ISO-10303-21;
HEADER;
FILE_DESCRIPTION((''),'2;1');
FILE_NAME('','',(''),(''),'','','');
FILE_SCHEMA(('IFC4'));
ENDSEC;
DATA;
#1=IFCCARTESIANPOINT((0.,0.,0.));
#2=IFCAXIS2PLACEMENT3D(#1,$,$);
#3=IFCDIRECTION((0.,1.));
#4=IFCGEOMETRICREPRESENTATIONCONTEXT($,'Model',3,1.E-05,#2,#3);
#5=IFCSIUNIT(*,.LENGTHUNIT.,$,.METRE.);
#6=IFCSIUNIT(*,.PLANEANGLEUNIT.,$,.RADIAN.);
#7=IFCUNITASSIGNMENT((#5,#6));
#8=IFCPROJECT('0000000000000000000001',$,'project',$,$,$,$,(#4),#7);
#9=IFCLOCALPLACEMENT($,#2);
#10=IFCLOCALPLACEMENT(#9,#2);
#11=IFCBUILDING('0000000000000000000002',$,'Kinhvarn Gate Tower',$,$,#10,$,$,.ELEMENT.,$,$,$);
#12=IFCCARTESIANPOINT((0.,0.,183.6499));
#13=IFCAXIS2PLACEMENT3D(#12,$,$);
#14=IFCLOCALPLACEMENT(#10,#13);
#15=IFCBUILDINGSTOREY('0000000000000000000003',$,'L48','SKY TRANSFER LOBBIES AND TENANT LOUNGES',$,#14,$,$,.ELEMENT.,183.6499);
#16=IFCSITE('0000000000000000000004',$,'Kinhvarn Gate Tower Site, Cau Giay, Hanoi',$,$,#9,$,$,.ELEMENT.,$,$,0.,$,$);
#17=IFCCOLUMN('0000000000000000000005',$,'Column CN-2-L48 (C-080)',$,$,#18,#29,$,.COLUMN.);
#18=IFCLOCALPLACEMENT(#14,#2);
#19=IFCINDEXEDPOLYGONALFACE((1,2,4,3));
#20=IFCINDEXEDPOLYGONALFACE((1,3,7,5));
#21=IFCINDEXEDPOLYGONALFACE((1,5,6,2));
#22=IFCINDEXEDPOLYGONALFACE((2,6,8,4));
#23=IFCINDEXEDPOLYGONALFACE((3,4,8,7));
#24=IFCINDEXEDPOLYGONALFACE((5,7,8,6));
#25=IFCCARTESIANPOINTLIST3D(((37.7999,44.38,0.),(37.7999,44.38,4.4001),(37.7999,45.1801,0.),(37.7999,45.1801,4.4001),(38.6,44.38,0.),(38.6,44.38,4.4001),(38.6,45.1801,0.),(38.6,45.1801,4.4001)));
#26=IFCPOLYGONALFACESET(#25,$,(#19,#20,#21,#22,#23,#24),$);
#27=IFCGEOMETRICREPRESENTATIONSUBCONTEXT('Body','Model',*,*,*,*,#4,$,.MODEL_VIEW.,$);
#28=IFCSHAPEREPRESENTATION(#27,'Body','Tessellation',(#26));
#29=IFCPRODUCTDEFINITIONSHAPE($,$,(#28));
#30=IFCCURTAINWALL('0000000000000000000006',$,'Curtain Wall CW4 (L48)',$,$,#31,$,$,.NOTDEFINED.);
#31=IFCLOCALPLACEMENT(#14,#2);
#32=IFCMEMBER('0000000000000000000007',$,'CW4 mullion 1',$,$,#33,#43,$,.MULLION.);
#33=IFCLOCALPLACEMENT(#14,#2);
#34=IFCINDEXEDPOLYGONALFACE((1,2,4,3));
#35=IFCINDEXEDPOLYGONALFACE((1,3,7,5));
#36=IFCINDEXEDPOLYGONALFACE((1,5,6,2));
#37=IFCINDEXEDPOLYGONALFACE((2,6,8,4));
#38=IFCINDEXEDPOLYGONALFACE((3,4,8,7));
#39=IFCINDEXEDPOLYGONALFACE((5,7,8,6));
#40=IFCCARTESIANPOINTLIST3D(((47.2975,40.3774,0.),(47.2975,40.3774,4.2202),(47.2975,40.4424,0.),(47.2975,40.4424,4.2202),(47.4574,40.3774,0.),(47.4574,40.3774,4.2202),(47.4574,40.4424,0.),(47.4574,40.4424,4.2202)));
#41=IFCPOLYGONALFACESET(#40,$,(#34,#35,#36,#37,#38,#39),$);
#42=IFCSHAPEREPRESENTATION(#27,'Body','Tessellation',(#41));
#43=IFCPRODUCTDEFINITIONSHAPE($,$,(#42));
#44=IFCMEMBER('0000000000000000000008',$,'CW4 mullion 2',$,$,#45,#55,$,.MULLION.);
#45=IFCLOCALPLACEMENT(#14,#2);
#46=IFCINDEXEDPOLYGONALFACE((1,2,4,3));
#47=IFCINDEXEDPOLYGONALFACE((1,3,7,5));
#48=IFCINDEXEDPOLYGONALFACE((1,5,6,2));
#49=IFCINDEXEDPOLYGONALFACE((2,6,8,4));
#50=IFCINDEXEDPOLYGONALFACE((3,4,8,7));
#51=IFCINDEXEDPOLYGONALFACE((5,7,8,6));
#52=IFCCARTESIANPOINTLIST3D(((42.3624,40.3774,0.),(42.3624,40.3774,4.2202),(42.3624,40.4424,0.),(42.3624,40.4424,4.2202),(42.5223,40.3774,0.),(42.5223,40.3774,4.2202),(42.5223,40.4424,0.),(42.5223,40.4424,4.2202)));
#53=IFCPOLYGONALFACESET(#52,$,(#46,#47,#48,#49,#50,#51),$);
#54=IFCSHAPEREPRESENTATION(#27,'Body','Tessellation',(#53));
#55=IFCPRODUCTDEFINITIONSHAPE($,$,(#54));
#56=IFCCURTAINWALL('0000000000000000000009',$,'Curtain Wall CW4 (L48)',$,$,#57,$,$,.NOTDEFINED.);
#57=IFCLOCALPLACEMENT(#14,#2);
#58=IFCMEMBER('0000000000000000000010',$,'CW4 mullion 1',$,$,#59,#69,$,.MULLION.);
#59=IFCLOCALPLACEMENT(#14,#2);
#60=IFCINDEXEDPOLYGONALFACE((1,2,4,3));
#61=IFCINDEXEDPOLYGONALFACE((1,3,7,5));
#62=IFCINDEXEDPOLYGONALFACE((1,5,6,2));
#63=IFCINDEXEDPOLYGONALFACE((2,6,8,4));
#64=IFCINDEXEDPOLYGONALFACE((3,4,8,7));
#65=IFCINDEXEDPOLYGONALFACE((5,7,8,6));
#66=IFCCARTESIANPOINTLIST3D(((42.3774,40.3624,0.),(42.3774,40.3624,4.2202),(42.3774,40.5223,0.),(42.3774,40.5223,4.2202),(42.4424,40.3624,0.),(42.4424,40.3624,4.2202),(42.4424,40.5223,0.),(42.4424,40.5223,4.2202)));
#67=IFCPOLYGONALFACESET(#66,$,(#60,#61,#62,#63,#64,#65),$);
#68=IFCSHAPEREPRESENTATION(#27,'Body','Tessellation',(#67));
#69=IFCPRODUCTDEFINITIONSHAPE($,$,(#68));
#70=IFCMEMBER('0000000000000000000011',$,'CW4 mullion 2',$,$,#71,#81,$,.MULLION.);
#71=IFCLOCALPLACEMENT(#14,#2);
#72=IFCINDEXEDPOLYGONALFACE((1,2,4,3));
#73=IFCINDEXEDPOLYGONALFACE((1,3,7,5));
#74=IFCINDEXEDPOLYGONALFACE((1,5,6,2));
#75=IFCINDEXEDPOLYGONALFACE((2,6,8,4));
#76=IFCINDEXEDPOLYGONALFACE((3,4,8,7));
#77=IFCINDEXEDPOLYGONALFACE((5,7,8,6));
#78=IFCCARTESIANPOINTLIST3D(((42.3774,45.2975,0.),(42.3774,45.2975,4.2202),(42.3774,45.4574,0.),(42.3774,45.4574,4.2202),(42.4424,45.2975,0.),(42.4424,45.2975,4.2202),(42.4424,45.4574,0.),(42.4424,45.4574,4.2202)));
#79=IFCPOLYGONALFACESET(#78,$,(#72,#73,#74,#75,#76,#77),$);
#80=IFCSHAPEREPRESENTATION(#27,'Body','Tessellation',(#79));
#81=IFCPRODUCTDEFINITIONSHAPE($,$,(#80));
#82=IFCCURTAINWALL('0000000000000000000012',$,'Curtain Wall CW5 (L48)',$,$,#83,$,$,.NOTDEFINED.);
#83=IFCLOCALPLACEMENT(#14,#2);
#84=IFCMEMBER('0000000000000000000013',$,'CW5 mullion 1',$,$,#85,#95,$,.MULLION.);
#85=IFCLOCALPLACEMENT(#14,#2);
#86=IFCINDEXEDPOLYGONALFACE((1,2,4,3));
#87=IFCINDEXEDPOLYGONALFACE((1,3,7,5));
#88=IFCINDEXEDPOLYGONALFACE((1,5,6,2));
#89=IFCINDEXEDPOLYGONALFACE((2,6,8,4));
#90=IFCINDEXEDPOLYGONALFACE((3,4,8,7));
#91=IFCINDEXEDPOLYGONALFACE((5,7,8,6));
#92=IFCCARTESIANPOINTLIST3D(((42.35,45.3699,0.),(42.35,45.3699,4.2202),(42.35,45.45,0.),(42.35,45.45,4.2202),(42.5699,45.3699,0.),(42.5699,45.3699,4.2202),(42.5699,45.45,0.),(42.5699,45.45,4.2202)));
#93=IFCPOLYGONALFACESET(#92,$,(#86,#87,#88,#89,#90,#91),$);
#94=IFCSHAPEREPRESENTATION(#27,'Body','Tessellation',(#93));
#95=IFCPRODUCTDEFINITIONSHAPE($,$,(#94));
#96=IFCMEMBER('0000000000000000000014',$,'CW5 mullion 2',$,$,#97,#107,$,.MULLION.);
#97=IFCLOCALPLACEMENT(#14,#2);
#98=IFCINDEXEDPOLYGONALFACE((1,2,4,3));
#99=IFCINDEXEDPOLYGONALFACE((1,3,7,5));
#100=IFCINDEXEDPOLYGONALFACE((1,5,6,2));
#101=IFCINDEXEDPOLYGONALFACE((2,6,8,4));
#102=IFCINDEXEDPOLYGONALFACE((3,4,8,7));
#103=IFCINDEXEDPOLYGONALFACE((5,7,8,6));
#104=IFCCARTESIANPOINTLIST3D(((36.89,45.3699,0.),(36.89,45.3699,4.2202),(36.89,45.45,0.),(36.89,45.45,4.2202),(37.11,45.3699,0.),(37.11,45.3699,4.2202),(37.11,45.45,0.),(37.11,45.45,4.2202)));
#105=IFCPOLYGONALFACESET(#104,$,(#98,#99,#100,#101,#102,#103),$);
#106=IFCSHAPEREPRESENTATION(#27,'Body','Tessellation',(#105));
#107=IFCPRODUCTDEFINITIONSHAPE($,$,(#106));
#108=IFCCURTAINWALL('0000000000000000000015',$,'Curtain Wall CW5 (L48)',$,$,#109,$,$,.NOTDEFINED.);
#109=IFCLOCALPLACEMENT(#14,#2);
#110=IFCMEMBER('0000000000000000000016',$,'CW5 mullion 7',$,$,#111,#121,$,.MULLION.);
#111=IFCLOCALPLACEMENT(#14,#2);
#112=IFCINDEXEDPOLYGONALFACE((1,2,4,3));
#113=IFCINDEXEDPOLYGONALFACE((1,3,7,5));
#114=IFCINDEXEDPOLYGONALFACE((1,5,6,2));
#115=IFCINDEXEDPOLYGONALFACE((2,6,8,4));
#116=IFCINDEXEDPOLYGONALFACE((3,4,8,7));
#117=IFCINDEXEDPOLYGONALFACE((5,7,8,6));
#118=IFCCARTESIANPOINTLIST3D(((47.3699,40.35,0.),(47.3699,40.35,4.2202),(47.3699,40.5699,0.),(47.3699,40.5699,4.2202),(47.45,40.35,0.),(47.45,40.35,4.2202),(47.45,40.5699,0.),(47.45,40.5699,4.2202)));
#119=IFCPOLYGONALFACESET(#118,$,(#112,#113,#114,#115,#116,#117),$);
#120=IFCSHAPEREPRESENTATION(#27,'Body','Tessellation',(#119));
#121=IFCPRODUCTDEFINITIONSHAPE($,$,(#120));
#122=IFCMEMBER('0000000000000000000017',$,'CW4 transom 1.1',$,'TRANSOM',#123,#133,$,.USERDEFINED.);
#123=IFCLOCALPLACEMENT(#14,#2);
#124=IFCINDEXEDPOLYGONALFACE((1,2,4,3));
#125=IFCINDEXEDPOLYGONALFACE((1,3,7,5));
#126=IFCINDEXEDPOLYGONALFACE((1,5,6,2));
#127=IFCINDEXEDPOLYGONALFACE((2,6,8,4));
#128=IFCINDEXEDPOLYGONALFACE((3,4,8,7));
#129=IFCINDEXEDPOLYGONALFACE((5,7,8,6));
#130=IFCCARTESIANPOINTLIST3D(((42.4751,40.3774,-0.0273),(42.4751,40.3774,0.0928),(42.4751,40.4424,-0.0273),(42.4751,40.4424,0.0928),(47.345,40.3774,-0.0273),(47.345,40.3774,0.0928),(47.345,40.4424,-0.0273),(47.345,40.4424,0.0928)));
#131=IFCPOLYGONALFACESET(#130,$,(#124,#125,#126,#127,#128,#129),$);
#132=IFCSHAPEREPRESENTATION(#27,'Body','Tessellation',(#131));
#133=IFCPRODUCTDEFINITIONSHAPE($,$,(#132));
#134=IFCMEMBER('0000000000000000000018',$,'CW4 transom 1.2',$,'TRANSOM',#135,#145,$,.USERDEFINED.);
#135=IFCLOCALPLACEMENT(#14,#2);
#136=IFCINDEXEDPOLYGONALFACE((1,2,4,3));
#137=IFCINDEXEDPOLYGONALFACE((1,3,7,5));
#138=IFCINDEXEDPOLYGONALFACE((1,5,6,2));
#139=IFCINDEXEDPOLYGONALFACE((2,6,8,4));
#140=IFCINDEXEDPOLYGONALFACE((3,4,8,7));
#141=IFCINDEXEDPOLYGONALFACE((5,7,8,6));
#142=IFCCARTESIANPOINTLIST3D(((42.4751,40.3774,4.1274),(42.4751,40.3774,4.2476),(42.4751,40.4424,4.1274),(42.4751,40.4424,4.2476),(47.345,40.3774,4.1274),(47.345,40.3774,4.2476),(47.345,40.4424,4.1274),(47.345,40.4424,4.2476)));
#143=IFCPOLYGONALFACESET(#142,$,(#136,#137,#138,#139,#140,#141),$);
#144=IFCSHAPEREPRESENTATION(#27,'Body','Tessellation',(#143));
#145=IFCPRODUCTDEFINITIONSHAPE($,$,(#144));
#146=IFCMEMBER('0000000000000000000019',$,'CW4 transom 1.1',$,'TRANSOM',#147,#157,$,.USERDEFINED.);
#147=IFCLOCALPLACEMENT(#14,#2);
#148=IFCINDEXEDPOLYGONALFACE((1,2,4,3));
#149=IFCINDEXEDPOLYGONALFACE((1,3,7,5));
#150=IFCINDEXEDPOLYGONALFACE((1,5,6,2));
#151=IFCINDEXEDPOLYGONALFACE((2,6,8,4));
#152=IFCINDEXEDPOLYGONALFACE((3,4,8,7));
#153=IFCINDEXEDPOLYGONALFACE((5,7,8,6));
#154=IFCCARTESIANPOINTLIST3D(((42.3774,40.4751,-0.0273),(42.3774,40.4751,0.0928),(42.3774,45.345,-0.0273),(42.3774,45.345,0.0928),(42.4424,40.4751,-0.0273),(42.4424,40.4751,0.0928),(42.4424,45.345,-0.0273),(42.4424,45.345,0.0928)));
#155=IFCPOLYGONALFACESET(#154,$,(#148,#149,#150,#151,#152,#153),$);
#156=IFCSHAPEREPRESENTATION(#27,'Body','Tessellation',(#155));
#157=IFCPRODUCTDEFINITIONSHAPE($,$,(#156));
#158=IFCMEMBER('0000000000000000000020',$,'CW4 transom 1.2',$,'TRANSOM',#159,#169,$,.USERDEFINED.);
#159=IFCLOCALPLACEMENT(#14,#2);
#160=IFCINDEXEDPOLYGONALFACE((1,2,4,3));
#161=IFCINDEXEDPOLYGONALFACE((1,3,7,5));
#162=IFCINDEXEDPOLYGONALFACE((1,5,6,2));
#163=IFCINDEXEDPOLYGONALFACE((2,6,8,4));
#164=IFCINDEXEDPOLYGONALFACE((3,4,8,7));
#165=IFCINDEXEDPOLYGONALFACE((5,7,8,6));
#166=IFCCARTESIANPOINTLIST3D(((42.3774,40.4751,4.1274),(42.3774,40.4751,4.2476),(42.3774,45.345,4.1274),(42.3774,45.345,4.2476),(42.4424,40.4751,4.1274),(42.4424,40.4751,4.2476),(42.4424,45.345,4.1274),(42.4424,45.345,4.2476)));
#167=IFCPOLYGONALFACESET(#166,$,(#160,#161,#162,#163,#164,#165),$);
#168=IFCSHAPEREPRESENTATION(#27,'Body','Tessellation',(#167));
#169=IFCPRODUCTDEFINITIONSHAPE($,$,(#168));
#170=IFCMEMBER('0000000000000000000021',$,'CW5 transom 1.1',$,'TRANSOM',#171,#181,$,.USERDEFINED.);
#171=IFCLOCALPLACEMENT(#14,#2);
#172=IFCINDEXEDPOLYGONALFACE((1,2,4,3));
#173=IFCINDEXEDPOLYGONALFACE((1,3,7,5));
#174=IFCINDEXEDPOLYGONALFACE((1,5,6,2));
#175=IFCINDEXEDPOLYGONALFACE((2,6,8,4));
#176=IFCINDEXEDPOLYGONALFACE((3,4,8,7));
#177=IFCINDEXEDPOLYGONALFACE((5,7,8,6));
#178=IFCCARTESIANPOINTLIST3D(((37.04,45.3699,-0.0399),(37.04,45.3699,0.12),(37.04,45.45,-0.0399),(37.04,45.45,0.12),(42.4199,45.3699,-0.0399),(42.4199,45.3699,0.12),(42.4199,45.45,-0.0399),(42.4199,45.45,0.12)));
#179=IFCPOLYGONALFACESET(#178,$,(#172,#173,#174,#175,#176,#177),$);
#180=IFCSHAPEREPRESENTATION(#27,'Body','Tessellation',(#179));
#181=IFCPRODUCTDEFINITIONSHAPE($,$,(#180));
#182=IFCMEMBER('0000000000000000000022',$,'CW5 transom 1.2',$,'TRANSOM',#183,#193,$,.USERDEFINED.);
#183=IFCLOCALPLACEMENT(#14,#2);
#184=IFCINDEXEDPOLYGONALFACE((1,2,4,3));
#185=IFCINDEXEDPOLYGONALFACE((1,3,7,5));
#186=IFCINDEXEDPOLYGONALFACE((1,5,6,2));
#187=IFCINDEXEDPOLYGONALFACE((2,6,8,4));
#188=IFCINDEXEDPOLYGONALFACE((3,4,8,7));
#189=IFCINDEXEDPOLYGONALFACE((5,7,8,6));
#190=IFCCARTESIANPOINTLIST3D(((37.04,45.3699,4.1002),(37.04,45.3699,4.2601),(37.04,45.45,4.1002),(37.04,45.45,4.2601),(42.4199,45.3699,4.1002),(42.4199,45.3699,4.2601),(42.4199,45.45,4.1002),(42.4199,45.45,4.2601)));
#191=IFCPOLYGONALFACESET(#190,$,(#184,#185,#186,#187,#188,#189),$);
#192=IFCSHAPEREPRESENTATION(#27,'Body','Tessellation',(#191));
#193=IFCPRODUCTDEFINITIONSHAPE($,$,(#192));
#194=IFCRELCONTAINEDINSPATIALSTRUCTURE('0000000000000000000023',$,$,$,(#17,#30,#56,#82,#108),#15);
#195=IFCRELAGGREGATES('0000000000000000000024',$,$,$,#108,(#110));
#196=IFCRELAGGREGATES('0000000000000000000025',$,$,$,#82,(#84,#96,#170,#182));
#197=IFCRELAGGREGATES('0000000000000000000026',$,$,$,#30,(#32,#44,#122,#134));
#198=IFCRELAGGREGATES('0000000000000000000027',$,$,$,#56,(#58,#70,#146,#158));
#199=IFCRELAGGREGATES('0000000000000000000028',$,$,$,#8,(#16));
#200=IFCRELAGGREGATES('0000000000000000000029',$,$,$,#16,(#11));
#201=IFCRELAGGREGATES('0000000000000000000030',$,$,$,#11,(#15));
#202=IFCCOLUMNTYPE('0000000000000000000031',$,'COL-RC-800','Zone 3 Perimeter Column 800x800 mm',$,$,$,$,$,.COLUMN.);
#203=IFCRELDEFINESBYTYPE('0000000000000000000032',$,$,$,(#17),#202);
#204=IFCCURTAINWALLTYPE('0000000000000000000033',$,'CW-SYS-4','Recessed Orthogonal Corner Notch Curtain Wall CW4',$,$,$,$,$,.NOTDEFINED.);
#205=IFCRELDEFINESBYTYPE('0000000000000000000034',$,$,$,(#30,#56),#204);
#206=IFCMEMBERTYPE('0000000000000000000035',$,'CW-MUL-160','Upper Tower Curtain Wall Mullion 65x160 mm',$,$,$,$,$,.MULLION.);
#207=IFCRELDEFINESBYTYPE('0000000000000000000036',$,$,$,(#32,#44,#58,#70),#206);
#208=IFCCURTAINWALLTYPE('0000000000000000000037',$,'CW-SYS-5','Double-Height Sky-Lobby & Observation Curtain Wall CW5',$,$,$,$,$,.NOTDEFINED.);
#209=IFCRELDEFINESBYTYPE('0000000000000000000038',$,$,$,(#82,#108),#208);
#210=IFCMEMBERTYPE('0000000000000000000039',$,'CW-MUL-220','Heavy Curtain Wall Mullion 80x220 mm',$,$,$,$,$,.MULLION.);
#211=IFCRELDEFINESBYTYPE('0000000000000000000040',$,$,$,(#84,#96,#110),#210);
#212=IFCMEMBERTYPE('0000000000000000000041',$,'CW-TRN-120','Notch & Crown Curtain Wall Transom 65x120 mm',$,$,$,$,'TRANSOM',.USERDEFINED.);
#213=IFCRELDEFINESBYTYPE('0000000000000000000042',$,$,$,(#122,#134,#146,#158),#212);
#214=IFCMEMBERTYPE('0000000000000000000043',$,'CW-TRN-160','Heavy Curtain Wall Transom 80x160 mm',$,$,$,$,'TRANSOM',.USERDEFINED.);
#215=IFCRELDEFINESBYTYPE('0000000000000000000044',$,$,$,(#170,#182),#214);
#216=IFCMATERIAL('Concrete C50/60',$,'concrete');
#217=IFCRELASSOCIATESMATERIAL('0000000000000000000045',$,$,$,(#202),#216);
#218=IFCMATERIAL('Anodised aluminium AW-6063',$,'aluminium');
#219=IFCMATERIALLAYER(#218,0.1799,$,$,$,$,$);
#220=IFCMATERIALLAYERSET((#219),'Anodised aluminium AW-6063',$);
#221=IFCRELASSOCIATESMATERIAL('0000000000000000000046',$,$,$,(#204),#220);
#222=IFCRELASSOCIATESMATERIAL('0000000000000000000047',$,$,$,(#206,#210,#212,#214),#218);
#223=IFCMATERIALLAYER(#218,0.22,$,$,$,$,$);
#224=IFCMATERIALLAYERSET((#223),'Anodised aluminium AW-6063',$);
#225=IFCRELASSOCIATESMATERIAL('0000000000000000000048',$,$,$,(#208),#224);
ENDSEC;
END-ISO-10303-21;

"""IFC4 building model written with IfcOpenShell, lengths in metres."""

from ifc_helpers import new_model, si_unit, direction, frame, origin, origin_2d, place, context, subcontext, project, spatial, rectangle, extrude, material, layer, layer_set, material_profile, profile_set, type_object, element, aggregate, save


model = new_model("IFC4")

# Units and contexts
model_context = context("Model", 3, precision=1e-05, world=origin(), true_north=direction((0.0, 1.0)))
body_context = subcontext(model_context, "Body", "Model", "MODEL_VIEW")
ifc_project = project(units=[si_unit("LENGTHUNIT", "METRE"), si_unit("PLANEANGLEUNIT", "RADIAN")], contexts=[model_context])

# Site, building, storey
site_placement = place(None, origin())
site = spatial("IfcSite", under=ifc_project, at=site_placement, Name="Kinhvarn Gate Tower Site, Cau Giay, Hanoi", CompositionType="ELEMENT", RefElevation=0.0)
building_placement = place(site_placement, origin())
building = spatial("IfcBuilding", under=site, at=building_placement, Name="Kinhvarn Gate Tower", CompositionType="ELEMENT")
storey_placement = place(building_placement, frame((0.0, 0.0, 183.6499)))
storey = spatial("IfcBuildingStorey", under=building, at=storey_placement, Name="L48", Description="SKY TRANSFER LOBBIES AND TENANT LOUNGES", CompositionType="ELEMENT", Elevation=183.6499)

# Column
ifc_material_1 = material(Name="Concrete C50/60", Category="concrete")
ifc_material_profile_1 = material_profile(ifc_material_1, rectangle(XDim=0.8, YDim=0.8, at=origin_2d()), Name="RC 800x800")
ifc_profile_set_1 = profile_set([ifc_material_profile_1], Name="Concrete C50/60")
column_type = type_object("IfcColumnType", Name="COL-RC-800", Description="Zone 3 Perimeter Column 800x800 mm", PredefinedType="COLUMN", material=ifc_profile_set_1)
column_placement = place(storey_placement, frame((38.2, 44.78, 0.0), z_axis=(0.0, 0.0, 1.0), x_axis=(1.0, 0.0, 0.0)))
element("IfcColumn", 1, at=column_placement, inside=storey, type_object=column_type, Name="Column CN-2-L48 (C-080)", PredefinedType="COLUMN", context=body_context, shape_type="SweptSolid", body=[
    extrude(rectangle(XDim=0.8, YDim=0.8, at=origin_2d()), origin(), (0.0, 0.0, 1.0), 4.4001),
])

# Curtain walls, members
ifc_material_2 = material(Name="Anodised aluminium AW-6063", Category="aluminium")
ifc_layer_1 = layer(ifc_material_2, 0.1799)
ifc_layer_set_1 = layer_set([ifc_layer_1], Name="Anodised aluminium AW-6063")
curtain_wall_type_1 = type_object("IfcCurtainWallType", Name="CW-SYS-4", Description="Recessed Orthogonal Corner Notch Curtain Wall CW4", PredefinedType="NOTDEFINED", material=ifc_layer_set_1)
curtain_wall_1_placement = place(storey_placement, origin())
curtain_wall_1 = element("IfcCurtainWall", 2, at=curtain_wall_1_placement, inside=storey, type_object=curtain_wall_type_1, Name="Curtain Wall CW4 (L48)", PredefinedType="NOTDEFINED")
ifc_material_profile_2 = material_profile(ifc_material_2, rectangle(XDim=0.0649, YDim=0.1599, at=origin_2d()), Name="ALU 65x160")
ifc_profile_set_2 = profile_set([ifc_material_profile_2], Name="Anodised aluminium AW-6063")
member_type_1 = type_object("IfcMemberType", Name="CW-MUL-160", Description="Upper Tower Curtain Wall Mullion 65x160 mm", PredefinedType="MULLION", material=ifc_profile_set_2)
member_1_placement = place(storey_placement, frame((47.3774, 40.4099, 0.0), z_axis=(0.0, 0.0, 1.0), x_axis=(0.0, -1.0, 0.0)))
member_1 = element("IfcMember", 3, at=member_1_placement, type_object=member_type_1, Name="CW4 mullion 1", PredefinedType="MULLION", context=body_context, shape_type="SweptSolid", body=[
    extrude(rectangle(XDim=0.0649, YDim=0.1599, at=origin_2d()), origin(), (0.0, 0.0, 1.0), 4.2202),
])
member_2_placement = place(storey_placement, frame((42.4424, 40.4099, 0.0), z_axis=(0.0, 0.0, 1.0), x_axis=(0.0, -1.0, 0.0)))
member_2 = element("IfcMember", 4, at=member_2_placement, type_object=member_type_1, Name="CW4 mullion 2", PredefinedType="MULLION", context=body_context, shape_type="SweptSolid", body=[
    extrude(rectangle(XDim=0.0649, YDim=0.1599, at=origin_2d()), origin(), (0.0, 0.0, 1.0), 4.2202),
])
curtain_wall_2_placement = place(storey_placement, origin())
curtain_wall_2 = element("IfcCurtainWall", 5, at=curtain_wall_2_placement, inside=storey, type_object=curtain_wall_type_1, Name="Curtain Wall CW4 (L48)", PredefinedType="NOTDEFINED")
member_3_placement = place(storey_placement, frame((42.4099, 40.4424, 0.0), z_axis=(0.0, 0.0, 1.0), x_axis=(-1.0, 0.0, 0.0)))
member_3 = element("IfcMember", 6, at=member_3_placement, type_object=member_type_1, Name="CW4 mullion 1", PredefinedType="MULLION", context=body_context, shape_type="SweptSolid", body=[
    extrude(rectangle(XDim=0.0649, YDim=0.1599, at=origin_2d()), origin(), (0.0, 0.0, 1.0), 4.2202),
])
member_4_placement = place(storey_placement, frame((42.4099, 45.3774, 0.0), z_axis=(0.0, 0.0, 1.0), x_axis=(-1.0, 0.0, 0.0)))
member_4 = element("IfcMember", 7, at=member_4_placement, type_object=member_type_1, Name="CW4 mullion 2", PredefinedType="MULLION", context=body_context, shape_type="SweptSolid", body=[
    extrude(rectangle(XDim=0.0649, YDim=0.1599, at=origin_2d()), origin(), (0.0, 0.0, 1.0), 4.2202),
])
ifc_layer_2 = layer(ifc_material_2, 0.22)
ifc_layer_set_2 = layer_set([ifc_layer_2], Name="Anodised aluminium AW-6063")
curtain_wall_type_2 = type_object("IfcCurtainWallType", Name="CW-SYS-5", Description="Double-Height Sky-Lobby & Observation Curtain Wall CW5", PredefinedType="NOTDEFINED", material=ifc_layer_set_2)
curtain_wall_3_placement = place(storey_placement, origin())
curtain_wall_3 = element("IfcCurtainWall", 8, at=curtain_wall_3_placement, inside=storey, type_object=curtain_wall_type_2, Name="Curtain Wall CW5 (L48)", PredefinedType="NOTDEFINED")
ifc_material_profile_3 = material_profile(ifc_material_2, rectangle(XDim=0.0801, YDim=0.22, at=origin_2d()), Name="ALU 80x220")
ifc_profile_set_3 = profile_set([ifc_material_profile_3], Name="Anodised aluminium AW-6063")
member_type_2 = type_object("IfcMemberType", Name="CW-MUL-220", Description="Heavy Curtain Wall Mullion 80x220 mm", PredefinedType="MULLION", material=ifc_profile_set_3)
member_5_placement = place(storey_placement, frame((42.46, 45.4099, 0.0), z_axis=(0.0, 0.0, 1.0), x_axis=(0.0, -1.0, 0.0)))
member_5 = element("IfcMember", 9, at=member_5_placement, type_object=member_type_2, Name="CW5 mullion 1", PredefinedType="MULLION", context=body_context, shape_type="SweptSolid", body=[
    extrude(rectangle(XDim=0.0801, YDim=0.22, at=origin_2d()), origin(), (0.0, 0.0, 1.0), 4.2202),
])
member_6_placement = place(storey_placement, frame((37.0, 45.4099, 0.0), z_axis=(0.0, 0.0, 1.0), x_axis=(0.0, -1.0, 0.0)))
member_6 = element("IfcMember", 10, at=member_6_placement, type_object=member_type_2, Name="CW5 mullion 2", PredefinedType="MULLION", context=body_context, shape_type="SweptSolid", body=[
    extrude(rectangle(XDim=0.0801, YDim=0.22, at=origin_2d()), origin(), (0.0, 0.0, 1.0), 4.2202),
])

# Curtain wall, member
curtain_wall_4_placement = place(storey_placement, origin())
curtain_wall_4 = element("IfcCurtainWall", 11, at=curtain_wall_4_placement, inside=storey, type_object=curtain_wall_type_2, Name="Curtain Wall CW5 (L48)", PredefinedType="NOTDEFINED")
member_7_placement = place(storey_placement, frame((47.4099, 40.46, 0.0), z_axis=(0.0, 0.0, 1.0), x_axis=(-1.0, 0.0, 0.0)))
member_7 = element("IfcMember", 12, at=member_7_placement, type_object=member_type_2, Name="CW5 mullion 7", PredefinedType="MULLION", context=body_context, shape_type="SweptSolid", body=[
    extrude(rectangle(XDim=0.0801, YDim=0.22, at=origin_2d()), origin(), (0.0, 0.0, 1.0), 4.2202),
])
aggregate(curtain_wall_4, [member_7])

# Members
ifc_material_profile_4 = material_profile(ifc_material_2, rectangle(XDim=0.0649, YDim=0.1201, at=origin_2d()), Name="ALU 65x120")
ifc_profile_set_4 = profile_set([ifc_material_profile_4], Name="Anodised aluminium AW-6063")
member_type_3 = type_object("IfcMemberType", Name="CW-TRN-120", Description="Notch & Crown Curtain Wall Transom 65x120 mm", ElementType="TRANSOM", PredefinedType="USERDEFINED", material=ifc_profile_set_4)
member_8_placement = place(storey_placement, frame((47.345, 40.4099, 0.0327), z_axis=(-1.0, 0.0, 0.0), x_axis=(0.0, -1.0, 0.0)))
member_8 = element("IfcMember", 13, at=member_8_placement, type_object=member_type_3, Name="CW4 transom 1.1", ObjectType="TRANSOM", PredefinedType="USERDEFINED", context=body_context, shape_type="SweptSolid", body=[
    extrude(rectangle(XDim=0.0649, YDim=0.1201, at=origin_2d()), origin(), (0.0, 0.0, 1.0), 4.8699),
])
member_9_placement = place(storey_placement, frame((47.345, 40.4099, 4.1875), z_axis=(-1.0, 0.0, 0.0), x_axis=(0.0, -1.0, 0.0)))
member_9 = element("IfcMember", 14, at=member_9_placement, type_object=member_type_3, Name="CW4 transom 1.2", ObjectType="TRANSOM", PredefinedType="USERDEFINED", context=body_context, shape_type="SweptSolid", body=[
    extrude(rectangle(XDim=0.0649, YDim=0.1201, at=origin_2d()), origin(), (0.0, 0.0, 1.0), 4.8699),
])
member_10_placement = place(storey_placement, frame((42.4099, 40.4751, 0.0327), z_axis=(0.0, 1.0, 0.0), x_axis=(-1.0, 0.0, 0.0)))
member_10 = element("IfcMember", 15, at=member_10_placement, type_object=member_type_3, Name="CW4 transom 1.1", ObjectType="TRANSOM", PredefinedType="USERDEFINED", context=body_context, shape_type="SweptSolid", body=[
    extrude(rectangle(XDim=0.0649, YDim=0.1201, at=origin_2d()), origin(), (0.0, 0.0, 1.0), 4.8699),
])
member_11_placement = place(storey_placement, frame((42.4099, 40.4751, 4.1875), z_axis=(0.0, 1.0, 0.0), x_axis=(-1.0, 0.0, 0.0)))
member_11 = element("IfcMember", 16, at=member_11_placement, type_object=member_type_3, Name="CW4 transom 1.2", ObjectType="TRANSOM", PredefinedType="USERDEFINED", context=body_context, shape_type="SweptSolid", body=[
    extrude(rectangle(XDim=0.0649, YDim=0.1201, at=origin_2d()), origin(), (0.0, 0.0, 1.0), 4.8699),
])
ifc_material_profile_5 = material_profile(ifc_material_2, rectangle(XDim=0.0801, YDim=0.1599, at=origin_2d()), Name="ALU 80x160")
ifc_profile_set_5 = profile_set([ifc_material_profile_5], Name="Anodised aluminium AW-6063")
member_type_4 = type_object("IfcMemberType", Name="CW-TRN-160", Description="Heavy Curtain Wall Transom 80x160 mm", ElementType="TRANSOM", PredefinedType="USERDEFINED", material=ifc_profile_set_5)
member_12_placement = place(storey_placement, frame((42.4199, 45.4099, 0.04), z_axis=(-1.0, 0.0, 0.0), x_axis=(0.0, -1.0, 0.0)))
member_12 = element("IfcMember", 17, at=member_12_placement, type_object=member_type_4, Name="CW5 transom 1.1", ObjectType="TRANSOM", PredefinedType="USERDEFINED", context=body_context, shape_type="SweptSolid", body=[
    extrude(rectangle(XDim=0.0801, YDim=0.1599, at=origin_2d()), origin(), (0.0, 0.0, 1.0), 5.3799),
])
member_13_placement = place(storey_placement, frame((42.4199, 45.4099, 4.1802), z_axis=(-1.0, 0.0, 0.0), x_axis=(0.0, -1.0, 0.0)))
member_13 = element("IfcMember", 18, at=member_13_placement, type_object=member_type_4, Name="CW5 transom 1.2", ObjectType="TRANSOM", PredefinedType="USERDEFINED", context=body_context, shape_type="SweptSolid", body=[
    extrude(rectangle(XDim=0.0801, YDim=0.1599, at=origin_2d()), origin(), (0.0, 0.0, 1.0), 5.3799),
])

aggregate(curtain_wall_3, [member_5, member_6, member_12, member_13])
aggregate(curtain_wall_1, [member_1, member_2, member_8, member_9])
aggregate(curtain_wall_2, [member_3, member_4, member_10, member_11])

save(model, "model.ifc")
